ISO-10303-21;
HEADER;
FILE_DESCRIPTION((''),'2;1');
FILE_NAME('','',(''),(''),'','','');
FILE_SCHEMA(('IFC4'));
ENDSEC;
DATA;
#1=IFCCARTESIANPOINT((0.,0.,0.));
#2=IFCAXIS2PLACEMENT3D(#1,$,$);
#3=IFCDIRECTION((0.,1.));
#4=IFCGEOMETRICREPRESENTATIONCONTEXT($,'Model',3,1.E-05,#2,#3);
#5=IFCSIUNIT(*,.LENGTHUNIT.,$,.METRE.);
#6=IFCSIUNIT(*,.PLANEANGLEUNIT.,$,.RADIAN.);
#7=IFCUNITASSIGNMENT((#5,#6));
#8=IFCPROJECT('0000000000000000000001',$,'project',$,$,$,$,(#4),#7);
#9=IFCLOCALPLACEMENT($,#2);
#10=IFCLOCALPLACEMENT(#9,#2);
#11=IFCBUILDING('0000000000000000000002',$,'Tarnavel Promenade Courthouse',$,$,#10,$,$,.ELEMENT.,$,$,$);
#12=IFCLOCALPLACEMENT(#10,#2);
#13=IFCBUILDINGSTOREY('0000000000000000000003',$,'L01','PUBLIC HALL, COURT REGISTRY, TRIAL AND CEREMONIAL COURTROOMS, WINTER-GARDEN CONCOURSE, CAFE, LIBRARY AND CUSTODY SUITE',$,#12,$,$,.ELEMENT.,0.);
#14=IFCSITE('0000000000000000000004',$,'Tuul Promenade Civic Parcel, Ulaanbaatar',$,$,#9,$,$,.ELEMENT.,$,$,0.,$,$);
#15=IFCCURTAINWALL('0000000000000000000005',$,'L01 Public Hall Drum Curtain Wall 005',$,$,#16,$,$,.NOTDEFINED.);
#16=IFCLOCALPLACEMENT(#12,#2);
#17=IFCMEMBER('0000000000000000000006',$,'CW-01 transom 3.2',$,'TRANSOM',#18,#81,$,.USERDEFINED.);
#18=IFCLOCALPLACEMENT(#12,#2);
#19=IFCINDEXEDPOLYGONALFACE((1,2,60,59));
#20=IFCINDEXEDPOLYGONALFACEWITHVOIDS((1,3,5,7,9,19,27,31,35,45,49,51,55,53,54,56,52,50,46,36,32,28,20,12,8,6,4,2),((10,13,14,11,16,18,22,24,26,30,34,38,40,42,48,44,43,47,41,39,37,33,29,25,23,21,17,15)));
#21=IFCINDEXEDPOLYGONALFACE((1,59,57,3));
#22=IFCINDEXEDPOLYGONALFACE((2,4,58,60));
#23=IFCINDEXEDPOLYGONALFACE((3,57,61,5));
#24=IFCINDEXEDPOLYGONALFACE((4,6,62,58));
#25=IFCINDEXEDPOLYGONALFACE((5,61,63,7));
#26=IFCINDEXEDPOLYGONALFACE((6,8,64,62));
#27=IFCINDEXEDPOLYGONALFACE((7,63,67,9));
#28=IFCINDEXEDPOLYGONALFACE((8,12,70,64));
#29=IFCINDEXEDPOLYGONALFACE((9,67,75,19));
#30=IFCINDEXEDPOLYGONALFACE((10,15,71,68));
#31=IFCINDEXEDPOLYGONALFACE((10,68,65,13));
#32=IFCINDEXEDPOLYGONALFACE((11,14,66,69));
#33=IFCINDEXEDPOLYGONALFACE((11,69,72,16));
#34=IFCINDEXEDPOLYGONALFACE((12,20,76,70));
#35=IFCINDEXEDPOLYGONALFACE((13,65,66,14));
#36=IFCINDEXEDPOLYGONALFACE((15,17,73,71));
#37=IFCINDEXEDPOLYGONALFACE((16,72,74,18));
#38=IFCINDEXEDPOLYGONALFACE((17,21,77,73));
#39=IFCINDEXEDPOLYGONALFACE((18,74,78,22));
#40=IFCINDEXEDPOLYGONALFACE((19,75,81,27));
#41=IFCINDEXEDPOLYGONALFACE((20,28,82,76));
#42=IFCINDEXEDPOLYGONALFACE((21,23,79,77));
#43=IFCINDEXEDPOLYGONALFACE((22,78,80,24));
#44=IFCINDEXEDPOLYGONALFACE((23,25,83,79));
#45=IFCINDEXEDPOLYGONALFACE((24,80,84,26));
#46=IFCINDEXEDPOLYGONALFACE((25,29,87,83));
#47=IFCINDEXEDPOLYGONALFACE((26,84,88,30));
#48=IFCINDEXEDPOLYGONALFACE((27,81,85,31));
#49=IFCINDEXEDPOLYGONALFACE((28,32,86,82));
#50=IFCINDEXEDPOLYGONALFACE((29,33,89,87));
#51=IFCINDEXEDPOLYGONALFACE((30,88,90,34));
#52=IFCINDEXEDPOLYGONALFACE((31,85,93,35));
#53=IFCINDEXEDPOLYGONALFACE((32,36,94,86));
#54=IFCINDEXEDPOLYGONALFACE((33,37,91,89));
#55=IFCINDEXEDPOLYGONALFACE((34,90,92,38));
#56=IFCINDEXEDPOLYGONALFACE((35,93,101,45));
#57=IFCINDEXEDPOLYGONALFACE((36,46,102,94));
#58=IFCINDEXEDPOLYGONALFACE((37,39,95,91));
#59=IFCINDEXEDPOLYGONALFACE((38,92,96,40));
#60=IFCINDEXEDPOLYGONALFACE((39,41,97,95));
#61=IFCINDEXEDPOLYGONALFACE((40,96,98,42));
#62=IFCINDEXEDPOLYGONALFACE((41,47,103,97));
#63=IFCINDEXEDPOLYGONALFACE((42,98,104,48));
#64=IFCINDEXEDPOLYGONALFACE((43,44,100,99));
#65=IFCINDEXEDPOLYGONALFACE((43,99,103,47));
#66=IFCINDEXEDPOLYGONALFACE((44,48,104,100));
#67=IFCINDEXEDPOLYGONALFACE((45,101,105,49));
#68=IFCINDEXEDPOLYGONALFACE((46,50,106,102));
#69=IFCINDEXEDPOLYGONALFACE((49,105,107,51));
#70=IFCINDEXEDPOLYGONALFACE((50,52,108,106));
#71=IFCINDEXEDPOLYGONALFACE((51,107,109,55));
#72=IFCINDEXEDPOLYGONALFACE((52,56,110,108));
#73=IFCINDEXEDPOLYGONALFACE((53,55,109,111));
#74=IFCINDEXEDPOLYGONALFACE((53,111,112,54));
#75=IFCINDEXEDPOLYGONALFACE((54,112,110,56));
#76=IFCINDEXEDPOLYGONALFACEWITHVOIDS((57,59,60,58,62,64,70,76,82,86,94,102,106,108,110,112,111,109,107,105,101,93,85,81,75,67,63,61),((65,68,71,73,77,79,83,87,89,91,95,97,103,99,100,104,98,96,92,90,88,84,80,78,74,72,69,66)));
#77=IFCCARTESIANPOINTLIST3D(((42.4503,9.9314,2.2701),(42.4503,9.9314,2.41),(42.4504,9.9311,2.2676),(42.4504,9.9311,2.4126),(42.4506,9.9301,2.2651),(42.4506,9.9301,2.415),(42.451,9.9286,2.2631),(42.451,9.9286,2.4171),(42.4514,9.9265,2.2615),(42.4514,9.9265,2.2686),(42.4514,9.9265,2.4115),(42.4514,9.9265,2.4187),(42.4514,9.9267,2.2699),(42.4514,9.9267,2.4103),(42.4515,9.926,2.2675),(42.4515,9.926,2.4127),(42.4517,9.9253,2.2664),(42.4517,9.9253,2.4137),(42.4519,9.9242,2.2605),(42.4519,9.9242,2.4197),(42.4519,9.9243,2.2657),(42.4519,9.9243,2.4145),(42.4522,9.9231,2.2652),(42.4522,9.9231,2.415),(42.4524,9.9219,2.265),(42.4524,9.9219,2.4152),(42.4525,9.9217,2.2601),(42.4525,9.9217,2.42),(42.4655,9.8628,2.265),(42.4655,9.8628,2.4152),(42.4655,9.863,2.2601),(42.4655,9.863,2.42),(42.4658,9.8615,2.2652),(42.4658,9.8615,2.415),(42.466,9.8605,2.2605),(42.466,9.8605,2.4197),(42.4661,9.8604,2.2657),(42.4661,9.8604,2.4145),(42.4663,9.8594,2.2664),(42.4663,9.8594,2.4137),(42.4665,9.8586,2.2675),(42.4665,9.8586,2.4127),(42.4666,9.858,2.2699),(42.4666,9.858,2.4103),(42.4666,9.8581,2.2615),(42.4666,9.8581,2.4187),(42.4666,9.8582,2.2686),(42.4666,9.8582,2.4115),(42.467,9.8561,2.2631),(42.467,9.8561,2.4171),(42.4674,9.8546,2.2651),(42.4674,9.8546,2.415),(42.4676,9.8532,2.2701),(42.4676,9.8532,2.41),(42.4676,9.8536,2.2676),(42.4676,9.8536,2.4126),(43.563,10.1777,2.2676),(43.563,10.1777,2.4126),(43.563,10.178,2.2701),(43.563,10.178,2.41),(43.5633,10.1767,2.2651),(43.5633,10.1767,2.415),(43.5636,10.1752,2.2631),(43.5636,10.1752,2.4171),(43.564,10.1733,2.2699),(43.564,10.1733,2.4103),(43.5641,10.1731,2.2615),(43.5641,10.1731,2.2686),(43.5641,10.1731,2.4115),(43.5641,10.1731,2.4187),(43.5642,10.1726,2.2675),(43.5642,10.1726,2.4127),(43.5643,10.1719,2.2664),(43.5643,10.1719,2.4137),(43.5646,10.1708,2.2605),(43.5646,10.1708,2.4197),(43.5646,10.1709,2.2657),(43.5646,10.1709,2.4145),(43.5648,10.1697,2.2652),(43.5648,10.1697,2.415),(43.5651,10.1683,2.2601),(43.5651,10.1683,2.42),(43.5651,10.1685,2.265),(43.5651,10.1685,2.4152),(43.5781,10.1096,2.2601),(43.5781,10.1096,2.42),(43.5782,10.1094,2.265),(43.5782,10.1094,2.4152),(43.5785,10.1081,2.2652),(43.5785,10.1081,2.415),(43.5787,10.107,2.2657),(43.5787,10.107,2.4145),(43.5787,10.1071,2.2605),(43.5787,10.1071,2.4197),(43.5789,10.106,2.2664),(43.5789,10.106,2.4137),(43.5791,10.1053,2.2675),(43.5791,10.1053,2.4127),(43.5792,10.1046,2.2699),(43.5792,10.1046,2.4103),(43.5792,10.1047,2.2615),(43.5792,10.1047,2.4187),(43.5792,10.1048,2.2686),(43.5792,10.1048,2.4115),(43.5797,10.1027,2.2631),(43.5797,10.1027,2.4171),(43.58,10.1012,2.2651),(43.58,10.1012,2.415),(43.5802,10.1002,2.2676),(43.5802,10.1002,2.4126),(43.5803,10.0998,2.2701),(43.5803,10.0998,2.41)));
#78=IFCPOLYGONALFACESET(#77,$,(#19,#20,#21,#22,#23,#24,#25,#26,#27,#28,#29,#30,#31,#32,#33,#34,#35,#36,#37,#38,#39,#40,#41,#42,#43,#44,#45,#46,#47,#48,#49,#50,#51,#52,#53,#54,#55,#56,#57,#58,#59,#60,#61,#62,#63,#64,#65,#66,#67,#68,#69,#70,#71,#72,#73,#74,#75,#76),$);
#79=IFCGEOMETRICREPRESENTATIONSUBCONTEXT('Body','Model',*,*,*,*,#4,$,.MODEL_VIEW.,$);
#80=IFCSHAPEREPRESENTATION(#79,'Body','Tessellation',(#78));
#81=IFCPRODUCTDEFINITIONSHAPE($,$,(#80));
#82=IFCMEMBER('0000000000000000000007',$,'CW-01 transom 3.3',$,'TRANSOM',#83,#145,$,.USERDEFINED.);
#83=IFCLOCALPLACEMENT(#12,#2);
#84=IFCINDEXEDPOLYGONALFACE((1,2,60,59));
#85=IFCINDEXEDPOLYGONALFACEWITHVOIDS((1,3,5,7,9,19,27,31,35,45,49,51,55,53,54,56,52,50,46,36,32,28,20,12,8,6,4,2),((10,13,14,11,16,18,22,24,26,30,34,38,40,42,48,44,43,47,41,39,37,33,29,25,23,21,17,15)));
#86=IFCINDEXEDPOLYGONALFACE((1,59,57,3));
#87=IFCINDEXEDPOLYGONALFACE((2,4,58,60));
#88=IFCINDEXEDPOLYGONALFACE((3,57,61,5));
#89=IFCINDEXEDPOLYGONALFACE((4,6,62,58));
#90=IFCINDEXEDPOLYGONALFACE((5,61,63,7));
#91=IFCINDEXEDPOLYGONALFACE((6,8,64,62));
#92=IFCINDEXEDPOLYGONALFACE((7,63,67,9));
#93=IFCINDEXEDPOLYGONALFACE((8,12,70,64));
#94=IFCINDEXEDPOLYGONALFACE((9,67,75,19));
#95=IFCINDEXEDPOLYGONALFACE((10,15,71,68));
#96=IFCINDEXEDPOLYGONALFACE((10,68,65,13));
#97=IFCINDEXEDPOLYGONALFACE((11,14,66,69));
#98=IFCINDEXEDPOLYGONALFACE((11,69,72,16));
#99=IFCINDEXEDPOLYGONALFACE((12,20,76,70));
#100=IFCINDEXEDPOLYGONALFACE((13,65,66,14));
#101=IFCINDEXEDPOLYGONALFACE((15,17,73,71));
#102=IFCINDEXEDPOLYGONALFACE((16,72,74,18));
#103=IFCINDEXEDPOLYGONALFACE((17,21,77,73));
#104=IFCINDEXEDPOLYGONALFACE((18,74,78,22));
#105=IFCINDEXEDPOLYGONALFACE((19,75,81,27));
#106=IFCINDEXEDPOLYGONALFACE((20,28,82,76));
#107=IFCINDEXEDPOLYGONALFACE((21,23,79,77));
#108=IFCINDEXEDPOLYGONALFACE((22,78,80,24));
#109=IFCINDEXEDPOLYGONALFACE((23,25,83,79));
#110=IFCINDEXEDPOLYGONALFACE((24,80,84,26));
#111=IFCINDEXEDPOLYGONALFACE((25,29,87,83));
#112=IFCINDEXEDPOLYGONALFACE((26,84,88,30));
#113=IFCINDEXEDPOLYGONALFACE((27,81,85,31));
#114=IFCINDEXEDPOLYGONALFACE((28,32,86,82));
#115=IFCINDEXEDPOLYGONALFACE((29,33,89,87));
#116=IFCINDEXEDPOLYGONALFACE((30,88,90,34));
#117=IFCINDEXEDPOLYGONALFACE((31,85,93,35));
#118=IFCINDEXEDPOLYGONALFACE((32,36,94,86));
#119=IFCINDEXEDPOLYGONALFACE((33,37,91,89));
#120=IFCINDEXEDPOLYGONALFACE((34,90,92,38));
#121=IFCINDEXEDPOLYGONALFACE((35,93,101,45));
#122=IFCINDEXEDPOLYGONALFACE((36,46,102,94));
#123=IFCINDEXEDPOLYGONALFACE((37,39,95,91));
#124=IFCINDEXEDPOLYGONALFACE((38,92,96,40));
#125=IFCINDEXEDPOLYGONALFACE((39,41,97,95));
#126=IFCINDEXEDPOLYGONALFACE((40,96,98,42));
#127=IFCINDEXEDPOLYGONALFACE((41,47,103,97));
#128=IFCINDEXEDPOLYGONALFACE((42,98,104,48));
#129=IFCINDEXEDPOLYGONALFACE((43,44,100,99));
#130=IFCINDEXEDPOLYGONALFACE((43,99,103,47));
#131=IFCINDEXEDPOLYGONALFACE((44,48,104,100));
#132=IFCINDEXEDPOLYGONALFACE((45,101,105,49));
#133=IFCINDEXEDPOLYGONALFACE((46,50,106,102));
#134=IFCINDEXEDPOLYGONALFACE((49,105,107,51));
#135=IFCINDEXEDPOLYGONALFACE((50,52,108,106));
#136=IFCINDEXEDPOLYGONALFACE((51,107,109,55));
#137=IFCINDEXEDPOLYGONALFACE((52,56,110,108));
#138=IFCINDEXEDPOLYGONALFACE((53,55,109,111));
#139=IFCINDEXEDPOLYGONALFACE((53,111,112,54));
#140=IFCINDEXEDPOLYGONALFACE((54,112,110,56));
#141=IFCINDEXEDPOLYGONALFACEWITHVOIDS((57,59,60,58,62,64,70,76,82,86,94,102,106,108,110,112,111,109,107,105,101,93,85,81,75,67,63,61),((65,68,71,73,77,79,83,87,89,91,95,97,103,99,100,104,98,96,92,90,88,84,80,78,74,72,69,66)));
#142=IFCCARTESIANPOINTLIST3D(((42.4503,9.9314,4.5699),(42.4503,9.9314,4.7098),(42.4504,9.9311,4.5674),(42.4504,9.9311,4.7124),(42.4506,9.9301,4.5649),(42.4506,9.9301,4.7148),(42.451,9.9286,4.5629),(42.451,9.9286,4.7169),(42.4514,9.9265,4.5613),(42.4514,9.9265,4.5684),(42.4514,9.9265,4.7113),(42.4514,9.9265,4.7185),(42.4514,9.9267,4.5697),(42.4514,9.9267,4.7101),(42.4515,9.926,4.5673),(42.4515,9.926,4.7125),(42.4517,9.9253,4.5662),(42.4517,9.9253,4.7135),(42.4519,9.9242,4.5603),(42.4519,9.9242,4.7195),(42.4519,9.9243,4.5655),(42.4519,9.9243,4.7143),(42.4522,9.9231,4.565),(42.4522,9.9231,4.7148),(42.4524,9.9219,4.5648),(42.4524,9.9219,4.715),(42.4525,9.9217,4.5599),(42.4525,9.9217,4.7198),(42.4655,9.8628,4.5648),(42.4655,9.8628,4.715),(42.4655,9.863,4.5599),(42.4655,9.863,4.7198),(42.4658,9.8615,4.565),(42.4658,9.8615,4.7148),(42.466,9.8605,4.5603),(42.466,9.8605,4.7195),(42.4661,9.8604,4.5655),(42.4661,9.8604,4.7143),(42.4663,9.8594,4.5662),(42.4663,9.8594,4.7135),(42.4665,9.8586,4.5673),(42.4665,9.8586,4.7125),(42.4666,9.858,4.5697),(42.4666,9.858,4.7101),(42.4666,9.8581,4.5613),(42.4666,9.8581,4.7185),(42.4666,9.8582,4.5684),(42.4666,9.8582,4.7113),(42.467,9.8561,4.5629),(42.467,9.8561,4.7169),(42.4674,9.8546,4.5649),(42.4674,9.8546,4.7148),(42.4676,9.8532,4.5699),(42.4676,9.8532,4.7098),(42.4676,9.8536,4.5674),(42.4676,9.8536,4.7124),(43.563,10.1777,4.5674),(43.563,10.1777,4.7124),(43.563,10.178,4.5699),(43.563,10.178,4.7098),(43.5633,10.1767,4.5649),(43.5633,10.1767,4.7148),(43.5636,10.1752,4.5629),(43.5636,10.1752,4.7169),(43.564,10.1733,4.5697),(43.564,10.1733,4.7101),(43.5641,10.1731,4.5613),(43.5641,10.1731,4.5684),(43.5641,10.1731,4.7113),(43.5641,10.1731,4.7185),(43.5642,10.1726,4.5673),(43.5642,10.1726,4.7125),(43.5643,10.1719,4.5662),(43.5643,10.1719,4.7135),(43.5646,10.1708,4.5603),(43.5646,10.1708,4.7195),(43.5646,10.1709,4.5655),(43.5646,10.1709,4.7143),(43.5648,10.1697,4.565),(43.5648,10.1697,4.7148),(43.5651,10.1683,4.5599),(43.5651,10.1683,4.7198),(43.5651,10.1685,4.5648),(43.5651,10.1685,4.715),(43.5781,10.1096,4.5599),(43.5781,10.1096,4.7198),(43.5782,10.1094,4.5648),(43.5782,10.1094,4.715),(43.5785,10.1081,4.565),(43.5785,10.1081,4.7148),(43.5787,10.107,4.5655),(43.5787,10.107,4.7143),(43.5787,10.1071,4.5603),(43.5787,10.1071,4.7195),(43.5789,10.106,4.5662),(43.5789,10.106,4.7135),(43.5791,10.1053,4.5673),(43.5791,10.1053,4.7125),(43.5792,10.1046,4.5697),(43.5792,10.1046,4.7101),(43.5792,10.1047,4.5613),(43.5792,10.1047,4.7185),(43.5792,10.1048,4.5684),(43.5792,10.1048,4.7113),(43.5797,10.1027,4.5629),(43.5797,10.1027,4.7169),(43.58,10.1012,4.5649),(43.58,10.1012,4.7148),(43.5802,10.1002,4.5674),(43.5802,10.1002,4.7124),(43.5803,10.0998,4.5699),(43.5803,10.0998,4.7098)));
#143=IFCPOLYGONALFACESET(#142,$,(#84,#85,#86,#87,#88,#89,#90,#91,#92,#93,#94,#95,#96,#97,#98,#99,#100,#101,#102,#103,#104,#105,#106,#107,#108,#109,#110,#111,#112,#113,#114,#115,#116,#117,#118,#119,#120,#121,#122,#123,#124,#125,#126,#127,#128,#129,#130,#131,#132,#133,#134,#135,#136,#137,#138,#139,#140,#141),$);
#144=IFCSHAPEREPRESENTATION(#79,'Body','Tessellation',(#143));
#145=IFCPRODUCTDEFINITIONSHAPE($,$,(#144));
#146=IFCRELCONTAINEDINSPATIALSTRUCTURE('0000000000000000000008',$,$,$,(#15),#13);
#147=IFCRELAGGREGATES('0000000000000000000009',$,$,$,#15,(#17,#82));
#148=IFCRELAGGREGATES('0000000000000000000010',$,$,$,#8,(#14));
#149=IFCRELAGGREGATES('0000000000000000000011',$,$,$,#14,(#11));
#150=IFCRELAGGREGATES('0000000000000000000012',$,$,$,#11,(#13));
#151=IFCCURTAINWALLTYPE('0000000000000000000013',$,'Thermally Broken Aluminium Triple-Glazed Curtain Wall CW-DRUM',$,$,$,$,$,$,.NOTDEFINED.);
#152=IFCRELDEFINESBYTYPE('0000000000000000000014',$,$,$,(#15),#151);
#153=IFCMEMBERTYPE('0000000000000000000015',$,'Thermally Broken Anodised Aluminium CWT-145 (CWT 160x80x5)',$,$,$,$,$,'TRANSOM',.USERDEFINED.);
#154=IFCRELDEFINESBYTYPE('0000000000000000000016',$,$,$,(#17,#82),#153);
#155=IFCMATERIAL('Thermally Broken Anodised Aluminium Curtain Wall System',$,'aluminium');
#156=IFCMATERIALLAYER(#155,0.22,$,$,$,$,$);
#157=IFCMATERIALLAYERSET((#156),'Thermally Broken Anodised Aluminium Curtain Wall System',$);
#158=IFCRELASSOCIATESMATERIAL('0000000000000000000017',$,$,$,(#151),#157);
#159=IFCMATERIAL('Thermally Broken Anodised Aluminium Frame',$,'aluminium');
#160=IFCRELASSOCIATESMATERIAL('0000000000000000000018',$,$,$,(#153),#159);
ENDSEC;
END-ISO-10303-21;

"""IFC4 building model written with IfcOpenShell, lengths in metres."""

from ifc_helpers import new_model, si_unit, direction, frame, origin, origin_2d, place, context, subcontext, project, spatial, hollow_rectangle, extrude, material, layer, layer_set, material_profile, profile_set, type_object, element, aggregate, save


model = new_model("IFC4")

# Units and contexts
model_context = context("Model", 3, precision=1e-05, world=origin(), true_north=direction((0.0, 1.0)))
body_context = subcontext(model_context, "Body", "Model", "MODEL_VIEW")
ifc_project = project(units=[si_unit("LENGTHUNIT", "METRE"), si_unit("PLANEANGLEUNIT", "RADIAN")], contexts=[model_context])

# Site, building, storey
site_placement = place(None, origin())
site = spatial("IfcSite", under=ifc_project, at=site_placement, Name="Tuul Promenade Civic Parcel, Ulaanbaatar", CompositionType="ELEMENT", RefElevation=0.0)
building_placement = place(site_placement, origin())
building = spatial("IfcBuilding", under=site, at=building_placement, Name="Tarnavel Promenade Courthouse", CompositionType="ELEMENT")
storey_placement = place(building_placement, origin())
storey = spatial("IfcBuildingStorey", under=building, at=storey_placement, Name="L01", Description="PUBLIC HALL, COURT REGISTRY, TRIAL AND CEREMONIAL COURTROOMS, WINTER-GARDEN CONCOURSE, CAFE, LIBRARY AND CUSTODY SUITE", CompositionType="ELEMENT", Elevation=0.0)

# Curtain wall
ifc_material_1 = material(Name="Thermally Broken Anodised Aluminium Curtain Wall System", Category="aluminium")
ifc_layer_1 = layer(ifc_material_1, 0.22)
ifc_layer_set_1 = layer_set([ifc_layer_1], Name="Thermally Broken Anodised Aluminium Curtain Wall System")
curtain_wall_type = type_object("IfcCurtainWallType", Name="Thermally Broken Aluminium Triple-Glazed Curtain Wall CW-DRUM", PredefinedType="NOTDEFINED", material=ifc_layer_set_1)
curtain_wall_1_placement = place(storey_placement, origin())
curtain_wall_1 = element("IfcCurtainWall", 1, at=curtain_wall_1_placement, inside=storey, type_object=curtain_wall_type, Name="L01 Public Hall Drum Curtain Wall 005", PredefinedType="NOTDEFINED")
ifc_material_2 = material(Name="Thermally Broken Anodised Aluminium Frame", Category="aluminium")

# Members
ifc_material_profile_1 = material_profile(ifc_material_2, hollow_rectangle(XDim=0.0801, YDim=0.1599, WallThickness=0.0049, InnerFilletRadius=0.0049, OuterFilletRadius=0.01, at=origin_2d()), Name="CWT 160x80x5")
ifc_profile_set_1 = profile_set([ifc_material_profile_1], Name="Thermally Broken Anodised Aluminium Frame")
member_type_1 = type_object("IfcMemberType", Name="Thermally Broken Anodised Aluminium CWT-145 (CWT 160x80x5)", ElementType="TRANSOM", PredefinedType="USERDEFINED", material=ifc_profile_set_1)
member_1_placement = place(storey_placement, frame((42.459, 9.8923, 2.3401), z_axis=(0.976308, 0.216386, 0.0), x_axis=(-0.216386, 0.976308, 0.0)))
member_1 = element("IfcMember", 2, at=member_1_placement, type_object=member_type_1, Name="CW-01 transom 3.2", ObjectType="TRANSOM", PredefinedType="USERDEFINED", context=body_context, shape_type="SweptSolid", body=[
    extrude(hollow_rectangle(XDim=0.0801, YDim=0.1599, WallThickness=0.0049, InnerFilletRadius=0.0049, OuterFilletRadius=0.01, at=origin_2d()), origin(), (0.0, 0.0, 1.0), 1.1396),
])
member_2_placement = place(storey_placement, frame((42.459, 9.8923, 4.6399), z_axis=(0.976308, 0.216386, 0.0), x_axis=(-0.216386, 0.976308, 0.0)))
member_2 = element("IfcMember", 3, at=member_2_placement, type_object=member_type_1, Name="CW-01 transom 3.3", ObjectType="TRANSOM", PredefinedType="USERDEFINED", context=body_context, shape_type="SweptSolid", body=[
    extrude(hollow_rectangle(XDim=0.0801, YDim=0.1599, WallThickness=0.0049, InnerFilletRadius=0.0049, OuterFilletRadius=0.01, at=origin_2d()), origin(), (0.0, 0.0, 1.0), 1.1396),
])

aggregate(curtain_wall_1, [member_1, member_2])

save(model, "model.ifc")
